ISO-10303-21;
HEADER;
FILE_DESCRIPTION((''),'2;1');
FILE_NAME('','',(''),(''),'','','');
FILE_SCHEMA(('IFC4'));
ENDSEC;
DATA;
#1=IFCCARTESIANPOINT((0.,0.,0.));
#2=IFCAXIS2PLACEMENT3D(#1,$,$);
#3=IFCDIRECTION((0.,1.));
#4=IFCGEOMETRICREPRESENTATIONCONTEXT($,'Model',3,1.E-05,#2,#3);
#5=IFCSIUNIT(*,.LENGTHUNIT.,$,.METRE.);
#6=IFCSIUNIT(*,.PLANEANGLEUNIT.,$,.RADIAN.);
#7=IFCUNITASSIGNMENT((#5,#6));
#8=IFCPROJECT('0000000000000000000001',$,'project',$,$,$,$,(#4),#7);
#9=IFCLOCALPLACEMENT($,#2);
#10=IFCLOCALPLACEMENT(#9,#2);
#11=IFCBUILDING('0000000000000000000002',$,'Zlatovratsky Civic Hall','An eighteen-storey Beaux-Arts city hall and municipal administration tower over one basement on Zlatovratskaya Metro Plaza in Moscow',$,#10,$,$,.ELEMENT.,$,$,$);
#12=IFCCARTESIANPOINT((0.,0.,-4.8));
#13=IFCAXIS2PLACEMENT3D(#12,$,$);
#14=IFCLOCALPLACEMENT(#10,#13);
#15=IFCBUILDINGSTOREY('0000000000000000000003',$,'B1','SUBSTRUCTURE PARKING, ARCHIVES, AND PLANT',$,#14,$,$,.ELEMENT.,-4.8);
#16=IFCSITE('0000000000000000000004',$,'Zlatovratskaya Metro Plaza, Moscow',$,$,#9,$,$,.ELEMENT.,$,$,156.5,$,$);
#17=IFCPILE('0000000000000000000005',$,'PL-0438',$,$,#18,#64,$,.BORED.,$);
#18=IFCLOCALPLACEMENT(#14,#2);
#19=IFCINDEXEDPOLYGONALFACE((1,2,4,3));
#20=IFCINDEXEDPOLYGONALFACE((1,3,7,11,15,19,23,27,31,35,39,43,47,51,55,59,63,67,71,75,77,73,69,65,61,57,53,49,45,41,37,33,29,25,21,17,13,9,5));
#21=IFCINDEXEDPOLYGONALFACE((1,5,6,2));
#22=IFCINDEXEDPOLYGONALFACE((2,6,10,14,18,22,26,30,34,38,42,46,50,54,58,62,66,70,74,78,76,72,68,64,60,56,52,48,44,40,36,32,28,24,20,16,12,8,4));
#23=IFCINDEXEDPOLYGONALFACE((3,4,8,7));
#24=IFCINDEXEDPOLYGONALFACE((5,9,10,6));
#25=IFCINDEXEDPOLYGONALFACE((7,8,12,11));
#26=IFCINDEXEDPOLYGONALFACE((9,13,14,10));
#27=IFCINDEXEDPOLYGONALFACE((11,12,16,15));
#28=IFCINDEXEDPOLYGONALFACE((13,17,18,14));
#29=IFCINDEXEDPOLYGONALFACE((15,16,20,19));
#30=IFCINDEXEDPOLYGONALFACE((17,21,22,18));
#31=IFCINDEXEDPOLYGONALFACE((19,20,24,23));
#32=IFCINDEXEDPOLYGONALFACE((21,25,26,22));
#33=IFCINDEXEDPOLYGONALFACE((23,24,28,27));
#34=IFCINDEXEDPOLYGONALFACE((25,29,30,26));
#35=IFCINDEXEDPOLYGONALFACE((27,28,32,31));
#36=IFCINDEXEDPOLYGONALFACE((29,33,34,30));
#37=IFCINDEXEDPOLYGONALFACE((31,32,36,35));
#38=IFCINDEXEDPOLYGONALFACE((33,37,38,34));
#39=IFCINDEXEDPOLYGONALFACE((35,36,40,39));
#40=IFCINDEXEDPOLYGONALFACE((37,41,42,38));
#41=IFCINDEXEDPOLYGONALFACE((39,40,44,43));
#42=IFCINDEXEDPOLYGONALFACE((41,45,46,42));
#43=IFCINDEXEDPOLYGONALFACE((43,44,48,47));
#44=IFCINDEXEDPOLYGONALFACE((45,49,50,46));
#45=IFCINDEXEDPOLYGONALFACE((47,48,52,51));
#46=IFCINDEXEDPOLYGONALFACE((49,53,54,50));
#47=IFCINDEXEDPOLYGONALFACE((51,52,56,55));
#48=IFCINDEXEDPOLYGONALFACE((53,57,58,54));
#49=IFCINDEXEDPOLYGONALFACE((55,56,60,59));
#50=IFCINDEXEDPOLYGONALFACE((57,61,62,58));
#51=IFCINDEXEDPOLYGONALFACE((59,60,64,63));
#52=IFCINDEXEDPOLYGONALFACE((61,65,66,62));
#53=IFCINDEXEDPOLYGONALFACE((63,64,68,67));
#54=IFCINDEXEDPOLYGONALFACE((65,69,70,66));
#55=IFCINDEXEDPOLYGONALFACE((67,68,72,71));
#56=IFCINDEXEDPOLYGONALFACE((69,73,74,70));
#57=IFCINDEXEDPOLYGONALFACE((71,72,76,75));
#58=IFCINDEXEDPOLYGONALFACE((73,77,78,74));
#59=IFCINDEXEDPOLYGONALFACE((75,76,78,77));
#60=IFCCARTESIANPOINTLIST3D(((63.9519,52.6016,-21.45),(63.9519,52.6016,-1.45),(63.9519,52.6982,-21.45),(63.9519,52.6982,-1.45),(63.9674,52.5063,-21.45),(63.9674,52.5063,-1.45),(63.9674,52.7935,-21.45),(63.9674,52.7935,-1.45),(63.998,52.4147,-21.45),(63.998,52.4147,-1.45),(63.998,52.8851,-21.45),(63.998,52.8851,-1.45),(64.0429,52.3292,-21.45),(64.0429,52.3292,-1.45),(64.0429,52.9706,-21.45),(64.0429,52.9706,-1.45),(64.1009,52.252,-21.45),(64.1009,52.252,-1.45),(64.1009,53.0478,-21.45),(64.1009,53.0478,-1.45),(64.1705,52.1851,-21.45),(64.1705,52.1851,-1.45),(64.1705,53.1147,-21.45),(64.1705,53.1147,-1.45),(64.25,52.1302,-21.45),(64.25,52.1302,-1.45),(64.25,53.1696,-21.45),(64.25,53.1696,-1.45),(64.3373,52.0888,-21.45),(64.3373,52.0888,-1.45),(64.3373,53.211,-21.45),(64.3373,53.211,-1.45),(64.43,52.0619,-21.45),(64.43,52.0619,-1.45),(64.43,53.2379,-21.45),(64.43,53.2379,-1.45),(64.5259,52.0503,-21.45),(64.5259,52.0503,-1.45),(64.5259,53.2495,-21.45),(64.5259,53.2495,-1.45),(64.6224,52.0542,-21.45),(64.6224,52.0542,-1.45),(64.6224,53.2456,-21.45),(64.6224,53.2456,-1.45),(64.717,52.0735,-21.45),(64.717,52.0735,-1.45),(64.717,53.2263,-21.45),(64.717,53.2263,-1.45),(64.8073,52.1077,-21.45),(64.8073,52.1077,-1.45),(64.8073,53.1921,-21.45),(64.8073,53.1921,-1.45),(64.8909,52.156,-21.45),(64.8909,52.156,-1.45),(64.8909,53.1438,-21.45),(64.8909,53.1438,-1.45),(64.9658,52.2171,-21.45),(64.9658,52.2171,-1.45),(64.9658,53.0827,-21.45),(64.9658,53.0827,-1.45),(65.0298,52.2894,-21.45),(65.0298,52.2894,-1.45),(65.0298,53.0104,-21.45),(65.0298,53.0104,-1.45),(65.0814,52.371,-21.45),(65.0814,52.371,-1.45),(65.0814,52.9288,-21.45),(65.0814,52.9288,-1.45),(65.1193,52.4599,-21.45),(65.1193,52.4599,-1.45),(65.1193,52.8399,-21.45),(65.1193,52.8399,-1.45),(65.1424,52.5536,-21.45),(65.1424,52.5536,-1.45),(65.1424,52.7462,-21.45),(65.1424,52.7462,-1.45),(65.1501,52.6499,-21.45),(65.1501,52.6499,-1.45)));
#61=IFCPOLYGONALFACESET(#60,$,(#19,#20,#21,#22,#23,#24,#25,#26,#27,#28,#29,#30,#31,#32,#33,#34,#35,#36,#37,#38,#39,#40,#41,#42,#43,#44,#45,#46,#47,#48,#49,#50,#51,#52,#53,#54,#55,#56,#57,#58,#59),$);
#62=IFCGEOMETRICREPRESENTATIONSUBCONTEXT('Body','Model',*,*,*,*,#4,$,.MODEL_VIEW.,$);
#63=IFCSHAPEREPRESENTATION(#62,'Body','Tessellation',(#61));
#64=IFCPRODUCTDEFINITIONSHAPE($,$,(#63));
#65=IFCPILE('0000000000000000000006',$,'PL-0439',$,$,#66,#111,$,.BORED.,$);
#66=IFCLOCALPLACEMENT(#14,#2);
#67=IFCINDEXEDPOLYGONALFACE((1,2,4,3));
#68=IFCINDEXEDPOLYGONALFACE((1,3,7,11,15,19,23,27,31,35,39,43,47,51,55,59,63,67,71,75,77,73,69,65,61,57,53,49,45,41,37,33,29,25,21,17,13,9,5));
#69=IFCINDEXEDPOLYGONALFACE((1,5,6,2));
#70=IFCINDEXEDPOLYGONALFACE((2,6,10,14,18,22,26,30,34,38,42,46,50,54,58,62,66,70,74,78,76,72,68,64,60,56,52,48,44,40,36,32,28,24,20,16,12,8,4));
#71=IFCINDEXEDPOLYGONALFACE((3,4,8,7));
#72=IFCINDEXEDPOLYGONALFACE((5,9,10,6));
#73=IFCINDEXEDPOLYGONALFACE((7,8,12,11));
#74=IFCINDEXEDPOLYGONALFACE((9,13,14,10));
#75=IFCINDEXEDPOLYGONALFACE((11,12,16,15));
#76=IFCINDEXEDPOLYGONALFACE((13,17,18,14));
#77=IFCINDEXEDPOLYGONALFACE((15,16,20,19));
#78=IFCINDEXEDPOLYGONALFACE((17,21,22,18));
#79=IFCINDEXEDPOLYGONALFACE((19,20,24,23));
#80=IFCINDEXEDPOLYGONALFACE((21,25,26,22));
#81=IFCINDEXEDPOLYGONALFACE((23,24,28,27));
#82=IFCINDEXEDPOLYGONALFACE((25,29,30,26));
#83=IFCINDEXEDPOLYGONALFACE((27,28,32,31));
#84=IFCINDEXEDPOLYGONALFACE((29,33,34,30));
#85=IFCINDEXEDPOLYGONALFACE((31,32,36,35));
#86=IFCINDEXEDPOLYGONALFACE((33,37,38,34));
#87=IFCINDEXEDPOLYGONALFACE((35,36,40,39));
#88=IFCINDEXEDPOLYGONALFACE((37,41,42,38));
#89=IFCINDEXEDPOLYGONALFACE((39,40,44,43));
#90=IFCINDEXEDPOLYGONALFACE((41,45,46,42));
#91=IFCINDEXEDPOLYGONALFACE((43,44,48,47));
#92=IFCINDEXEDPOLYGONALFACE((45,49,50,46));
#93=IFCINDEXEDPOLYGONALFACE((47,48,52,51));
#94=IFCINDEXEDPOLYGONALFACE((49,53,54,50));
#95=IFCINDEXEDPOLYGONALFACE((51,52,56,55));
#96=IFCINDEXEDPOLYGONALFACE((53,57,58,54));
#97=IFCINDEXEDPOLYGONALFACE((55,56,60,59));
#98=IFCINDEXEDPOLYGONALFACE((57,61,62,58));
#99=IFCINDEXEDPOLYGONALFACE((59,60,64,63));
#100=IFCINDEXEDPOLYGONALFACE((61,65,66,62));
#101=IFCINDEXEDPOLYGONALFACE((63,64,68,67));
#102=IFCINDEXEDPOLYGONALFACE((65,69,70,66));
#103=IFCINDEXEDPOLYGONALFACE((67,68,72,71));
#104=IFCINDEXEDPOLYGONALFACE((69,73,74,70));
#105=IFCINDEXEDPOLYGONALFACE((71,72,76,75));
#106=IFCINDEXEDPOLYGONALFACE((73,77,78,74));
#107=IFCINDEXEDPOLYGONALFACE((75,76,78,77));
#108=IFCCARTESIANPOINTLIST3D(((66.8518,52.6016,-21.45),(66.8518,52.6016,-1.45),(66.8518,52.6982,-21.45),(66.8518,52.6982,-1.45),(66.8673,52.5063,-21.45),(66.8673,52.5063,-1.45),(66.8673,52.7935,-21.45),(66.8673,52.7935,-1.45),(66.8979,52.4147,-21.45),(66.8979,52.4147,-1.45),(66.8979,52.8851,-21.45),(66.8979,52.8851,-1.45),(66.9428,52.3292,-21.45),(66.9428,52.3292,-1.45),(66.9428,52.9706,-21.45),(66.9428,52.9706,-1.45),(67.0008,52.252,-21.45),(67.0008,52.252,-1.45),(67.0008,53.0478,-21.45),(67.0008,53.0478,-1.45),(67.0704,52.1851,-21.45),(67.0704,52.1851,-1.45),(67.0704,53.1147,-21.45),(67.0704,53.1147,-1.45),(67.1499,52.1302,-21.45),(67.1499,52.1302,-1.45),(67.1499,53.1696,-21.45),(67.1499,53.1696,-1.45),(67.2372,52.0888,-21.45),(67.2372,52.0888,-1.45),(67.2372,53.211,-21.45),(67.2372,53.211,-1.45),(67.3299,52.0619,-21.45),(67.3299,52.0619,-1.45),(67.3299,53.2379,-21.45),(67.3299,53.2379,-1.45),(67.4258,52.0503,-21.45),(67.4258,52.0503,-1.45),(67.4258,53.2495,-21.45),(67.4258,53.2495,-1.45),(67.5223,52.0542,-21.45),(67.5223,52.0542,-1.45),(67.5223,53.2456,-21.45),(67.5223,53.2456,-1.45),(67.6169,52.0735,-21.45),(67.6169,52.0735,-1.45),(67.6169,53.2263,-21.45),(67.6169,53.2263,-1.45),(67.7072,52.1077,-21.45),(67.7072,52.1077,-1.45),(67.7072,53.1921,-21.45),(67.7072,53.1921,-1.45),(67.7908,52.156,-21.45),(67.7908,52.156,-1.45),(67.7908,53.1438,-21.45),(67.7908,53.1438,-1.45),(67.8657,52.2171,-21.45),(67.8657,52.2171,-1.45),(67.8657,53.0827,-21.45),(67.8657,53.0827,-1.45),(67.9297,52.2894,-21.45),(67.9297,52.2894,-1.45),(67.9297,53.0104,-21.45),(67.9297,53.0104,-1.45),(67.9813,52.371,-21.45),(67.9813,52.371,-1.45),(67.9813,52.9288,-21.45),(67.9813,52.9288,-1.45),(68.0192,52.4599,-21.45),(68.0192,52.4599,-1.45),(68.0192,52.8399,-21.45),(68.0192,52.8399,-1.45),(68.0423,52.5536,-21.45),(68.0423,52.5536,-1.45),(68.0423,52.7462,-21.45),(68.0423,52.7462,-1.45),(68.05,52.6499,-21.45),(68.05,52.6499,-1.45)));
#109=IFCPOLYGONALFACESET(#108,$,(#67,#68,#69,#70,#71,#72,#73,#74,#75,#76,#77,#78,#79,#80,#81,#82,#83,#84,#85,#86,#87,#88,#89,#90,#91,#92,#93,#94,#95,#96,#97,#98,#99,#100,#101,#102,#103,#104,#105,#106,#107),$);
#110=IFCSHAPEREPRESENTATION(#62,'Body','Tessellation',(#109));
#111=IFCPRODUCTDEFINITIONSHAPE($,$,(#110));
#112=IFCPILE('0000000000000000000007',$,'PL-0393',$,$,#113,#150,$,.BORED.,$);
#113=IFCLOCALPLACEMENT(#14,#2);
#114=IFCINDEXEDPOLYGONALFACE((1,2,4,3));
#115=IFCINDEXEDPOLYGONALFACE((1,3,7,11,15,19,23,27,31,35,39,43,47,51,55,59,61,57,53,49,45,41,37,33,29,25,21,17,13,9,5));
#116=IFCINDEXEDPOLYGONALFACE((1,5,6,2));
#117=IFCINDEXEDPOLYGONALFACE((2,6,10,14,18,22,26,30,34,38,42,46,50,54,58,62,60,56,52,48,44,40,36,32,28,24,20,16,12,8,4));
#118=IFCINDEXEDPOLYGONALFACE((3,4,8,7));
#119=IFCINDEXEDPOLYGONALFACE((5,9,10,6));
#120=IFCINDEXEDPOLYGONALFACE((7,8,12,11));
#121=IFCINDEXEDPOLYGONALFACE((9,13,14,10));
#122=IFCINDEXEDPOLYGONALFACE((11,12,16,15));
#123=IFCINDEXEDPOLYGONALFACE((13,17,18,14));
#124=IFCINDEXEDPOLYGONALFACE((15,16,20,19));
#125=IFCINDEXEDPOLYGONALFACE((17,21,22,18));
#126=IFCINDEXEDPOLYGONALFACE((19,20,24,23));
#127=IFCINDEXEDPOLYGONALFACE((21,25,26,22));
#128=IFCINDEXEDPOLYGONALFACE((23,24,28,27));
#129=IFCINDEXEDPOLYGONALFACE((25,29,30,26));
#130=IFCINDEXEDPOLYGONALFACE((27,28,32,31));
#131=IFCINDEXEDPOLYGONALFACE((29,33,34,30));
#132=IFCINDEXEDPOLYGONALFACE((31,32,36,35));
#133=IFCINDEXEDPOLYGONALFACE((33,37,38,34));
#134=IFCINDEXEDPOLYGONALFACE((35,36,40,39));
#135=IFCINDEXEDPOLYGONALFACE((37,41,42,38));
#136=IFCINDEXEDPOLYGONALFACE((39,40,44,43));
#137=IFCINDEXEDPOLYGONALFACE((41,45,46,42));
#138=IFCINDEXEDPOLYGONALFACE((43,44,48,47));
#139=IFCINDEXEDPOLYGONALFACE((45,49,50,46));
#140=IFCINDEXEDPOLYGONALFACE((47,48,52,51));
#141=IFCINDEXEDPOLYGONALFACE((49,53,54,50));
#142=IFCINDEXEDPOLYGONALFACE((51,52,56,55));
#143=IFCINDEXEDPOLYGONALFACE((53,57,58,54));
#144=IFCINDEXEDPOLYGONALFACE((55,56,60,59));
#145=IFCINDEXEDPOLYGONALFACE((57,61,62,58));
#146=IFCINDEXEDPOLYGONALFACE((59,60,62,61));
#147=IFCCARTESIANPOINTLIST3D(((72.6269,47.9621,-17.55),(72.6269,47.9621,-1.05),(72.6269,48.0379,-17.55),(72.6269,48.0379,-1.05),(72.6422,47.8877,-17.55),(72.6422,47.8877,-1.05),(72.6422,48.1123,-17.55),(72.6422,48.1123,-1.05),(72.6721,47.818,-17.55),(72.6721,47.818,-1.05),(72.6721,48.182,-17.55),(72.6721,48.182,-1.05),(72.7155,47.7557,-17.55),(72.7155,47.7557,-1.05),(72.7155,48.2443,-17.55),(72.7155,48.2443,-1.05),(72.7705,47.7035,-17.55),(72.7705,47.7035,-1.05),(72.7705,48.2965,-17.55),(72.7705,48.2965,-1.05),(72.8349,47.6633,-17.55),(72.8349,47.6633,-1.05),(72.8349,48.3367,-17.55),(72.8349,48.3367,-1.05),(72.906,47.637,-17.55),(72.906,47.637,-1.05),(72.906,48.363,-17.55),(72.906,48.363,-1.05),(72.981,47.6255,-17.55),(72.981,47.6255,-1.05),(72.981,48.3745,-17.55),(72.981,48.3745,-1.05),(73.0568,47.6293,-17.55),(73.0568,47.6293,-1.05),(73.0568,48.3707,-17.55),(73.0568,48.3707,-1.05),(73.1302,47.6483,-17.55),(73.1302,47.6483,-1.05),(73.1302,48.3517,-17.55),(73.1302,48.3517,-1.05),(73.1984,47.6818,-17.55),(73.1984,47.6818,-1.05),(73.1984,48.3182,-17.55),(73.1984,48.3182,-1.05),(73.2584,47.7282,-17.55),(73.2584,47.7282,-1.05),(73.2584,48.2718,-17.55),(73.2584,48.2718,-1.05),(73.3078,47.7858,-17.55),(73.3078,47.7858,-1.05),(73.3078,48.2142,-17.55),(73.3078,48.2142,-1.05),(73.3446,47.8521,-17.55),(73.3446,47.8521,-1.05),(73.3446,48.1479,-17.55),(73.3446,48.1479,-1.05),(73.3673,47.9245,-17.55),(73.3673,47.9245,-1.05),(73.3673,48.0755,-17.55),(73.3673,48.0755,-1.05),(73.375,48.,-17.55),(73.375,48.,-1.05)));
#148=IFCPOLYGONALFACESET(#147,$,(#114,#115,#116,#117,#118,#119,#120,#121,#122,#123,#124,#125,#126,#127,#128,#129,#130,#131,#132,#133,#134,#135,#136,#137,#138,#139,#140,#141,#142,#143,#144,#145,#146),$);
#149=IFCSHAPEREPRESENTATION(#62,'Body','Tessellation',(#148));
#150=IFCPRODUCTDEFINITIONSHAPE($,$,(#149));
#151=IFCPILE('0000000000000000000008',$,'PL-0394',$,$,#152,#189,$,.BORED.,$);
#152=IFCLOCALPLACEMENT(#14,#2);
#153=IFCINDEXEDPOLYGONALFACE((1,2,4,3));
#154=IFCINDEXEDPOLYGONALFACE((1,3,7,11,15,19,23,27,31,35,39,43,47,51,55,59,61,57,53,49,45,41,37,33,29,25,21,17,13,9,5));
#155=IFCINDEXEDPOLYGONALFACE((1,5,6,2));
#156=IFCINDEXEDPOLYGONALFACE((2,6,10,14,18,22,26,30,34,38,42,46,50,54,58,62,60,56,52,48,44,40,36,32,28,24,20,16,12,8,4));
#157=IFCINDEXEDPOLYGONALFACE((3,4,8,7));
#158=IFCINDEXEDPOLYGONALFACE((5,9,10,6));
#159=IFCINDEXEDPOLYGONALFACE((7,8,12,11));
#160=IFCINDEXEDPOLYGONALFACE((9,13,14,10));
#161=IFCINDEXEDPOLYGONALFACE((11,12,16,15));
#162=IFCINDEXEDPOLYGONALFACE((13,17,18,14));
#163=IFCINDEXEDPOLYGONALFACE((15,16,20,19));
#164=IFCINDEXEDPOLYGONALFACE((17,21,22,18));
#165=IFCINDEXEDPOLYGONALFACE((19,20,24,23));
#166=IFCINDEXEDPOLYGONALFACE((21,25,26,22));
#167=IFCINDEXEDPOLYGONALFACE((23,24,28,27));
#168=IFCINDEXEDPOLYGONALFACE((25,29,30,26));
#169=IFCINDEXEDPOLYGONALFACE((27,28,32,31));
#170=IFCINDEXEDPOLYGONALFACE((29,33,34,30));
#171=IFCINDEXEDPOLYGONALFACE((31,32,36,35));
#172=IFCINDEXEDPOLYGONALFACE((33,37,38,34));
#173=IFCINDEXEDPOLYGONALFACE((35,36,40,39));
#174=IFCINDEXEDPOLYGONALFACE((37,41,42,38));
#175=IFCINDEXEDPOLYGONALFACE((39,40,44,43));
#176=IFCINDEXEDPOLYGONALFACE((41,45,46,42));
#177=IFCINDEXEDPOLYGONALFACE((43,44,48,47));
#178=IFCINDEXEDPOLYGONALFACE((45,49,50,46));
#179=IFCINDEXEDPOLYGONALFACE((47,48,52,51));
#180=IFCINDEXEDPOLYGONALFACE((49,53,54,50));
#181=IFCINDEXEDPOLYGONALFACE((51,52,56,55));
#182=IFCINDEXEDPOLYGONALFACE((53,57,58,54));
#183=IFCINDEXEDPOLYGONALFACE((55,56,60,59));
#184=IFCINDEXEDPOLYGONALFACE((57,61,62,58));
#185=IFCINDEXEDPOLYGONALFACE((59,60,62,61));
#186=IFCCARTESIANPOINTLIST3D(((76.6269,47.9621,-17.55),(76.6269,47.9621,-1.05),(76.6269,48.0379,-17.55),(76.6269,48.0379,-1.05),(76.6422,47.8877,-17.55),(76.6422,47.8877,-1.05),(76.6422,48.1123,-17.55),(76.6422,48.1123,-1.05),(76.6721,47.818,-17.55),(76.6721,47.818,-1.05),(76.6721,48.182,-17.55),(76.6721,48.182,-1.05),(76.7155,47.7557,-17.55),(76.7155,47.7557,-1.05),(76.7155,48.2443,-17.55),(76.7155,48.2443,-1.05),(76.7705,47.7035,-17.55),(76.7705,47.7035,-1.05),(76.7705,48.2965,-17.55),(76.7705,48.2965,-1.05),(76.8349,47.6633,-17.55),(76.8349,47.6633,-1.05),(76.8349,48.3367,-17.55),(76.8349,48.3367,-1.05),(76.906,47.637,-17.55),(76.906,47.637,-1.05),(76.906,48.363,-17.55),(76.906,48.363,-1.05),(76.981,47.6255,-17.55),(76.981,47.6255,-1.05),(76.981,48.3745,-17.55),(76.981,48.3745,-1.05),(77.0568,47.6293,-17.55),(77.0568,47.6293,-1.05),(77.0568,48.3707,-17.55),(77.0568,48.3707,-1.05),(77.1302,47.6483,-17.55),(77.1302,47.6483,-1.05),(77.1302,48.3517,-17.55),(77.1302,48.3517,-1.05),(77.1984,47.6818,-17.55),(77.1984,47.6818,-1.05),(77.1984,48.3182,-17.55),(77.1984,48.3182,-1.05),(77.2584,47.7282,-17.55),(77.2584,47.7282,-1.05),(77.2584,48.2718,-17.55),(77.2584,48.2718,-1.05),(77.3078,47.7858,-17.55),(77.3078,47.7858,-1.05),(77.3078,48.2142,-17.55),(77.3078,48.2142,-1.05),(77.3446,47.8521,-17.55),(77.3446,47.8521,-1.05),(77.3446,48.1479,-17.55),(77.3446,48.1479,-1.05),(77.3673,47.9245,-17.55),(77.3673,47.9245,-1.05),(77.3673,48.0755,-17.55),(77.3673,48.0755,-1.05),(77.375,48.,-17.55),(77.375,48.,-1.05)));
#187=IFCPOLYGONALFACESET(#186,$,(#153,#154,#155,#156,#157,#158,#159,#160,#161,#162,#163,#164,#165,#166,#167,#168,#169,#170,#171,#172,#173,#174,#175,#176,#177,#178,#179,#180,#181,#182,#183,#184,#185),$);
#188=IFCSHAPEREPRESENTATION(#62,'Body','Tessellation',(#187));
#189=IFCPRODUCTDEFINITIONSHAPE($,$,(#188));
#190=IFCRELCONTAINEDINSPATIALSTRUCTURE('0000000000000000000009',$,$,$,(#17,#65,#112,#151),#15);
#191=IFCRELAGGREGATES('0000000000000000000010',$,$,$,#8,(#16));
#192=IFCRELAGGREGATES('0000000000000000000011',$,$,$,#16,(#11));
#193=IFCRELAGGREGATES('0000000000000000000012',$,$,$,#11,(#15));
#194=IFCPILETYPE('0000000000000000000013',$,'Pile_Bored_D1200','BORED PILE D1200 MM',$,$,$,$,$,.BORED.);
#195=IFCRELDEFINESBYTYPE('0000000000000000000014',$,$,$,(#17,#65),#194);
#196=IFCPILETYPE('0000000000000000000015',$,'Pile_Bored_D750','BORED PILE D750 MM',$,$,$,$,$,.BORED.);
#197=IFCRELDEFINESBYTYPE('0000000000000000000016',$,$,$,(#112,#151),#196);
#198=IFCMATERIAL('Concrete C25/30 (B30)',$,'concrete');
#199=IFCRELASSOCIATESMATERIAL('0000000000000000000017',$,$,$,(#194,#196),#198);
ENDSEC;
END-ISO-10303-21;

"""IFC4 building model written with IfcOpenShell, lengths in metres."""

from ifc_helpers import new_model, si_unit, direction, frame, origin, origin_2d, place, context, subcontext, project, spatial, circle, extrude, material, material_profile, profile_set, type_object, element, save


model = new_model("IFC4")

# Units and contexts
model_context = context("Model", 3, precision=1e-05, world=origin(), true_north=direction((0.0, 1.0)))
body_context = subcontext(model_context, "Body", "Model", "MODEL_VIEW")
ifc_project = project(units=[si_unit("LENGTHUNIT", "METRE"), si_unit("PLANEANGLEUNIT", "RADIAN")], contexts=[model_context])

# Site, building, storey
site_placement = place(None, origin())
site = spatial("IfcSite", under=ifc_project, at=site_placement, Name="Zlatovratskaya Metro Plaza, Moscow", CompositionType="ELEMENT", RefElevation=156.5)
building_placement = place(site_placement, origin())
building = spatial("IfcBuilding", under=site, at=building_placement, Name="Zlatovratsky Civic Hall", Description="An eighteen-storey Beaux-Arts city hall and municipal administration tower over one basement on Zlatovratskaya Metro Plaza in Moscow", CompositionType="ELEMENT")
storey_placement = place(building_placement, frame((0.0, 0.0, -4.8)))
storey = spatial("IfcBuildingStorey", under=building, at=storey_placement, Name="B1", Description="SUBSTRUCTURE PARKING, ARCHIVES, AND PLANT", CompositionType="ELEMENT", Elevation=-4.8)

# Shared definitions
ifc_material_1 = material(Name="Concrete C25/30 (B30)", Category="concrete")

# Piles
ifc_material_profile_1 = material_profile(ifc_material_1, circle(Radius=0.6001, at=origin_2d()), Name="PILE D1200")
ifc_profile_set_1 = profile_set([ifc_material_profile_1], Name="Concrete C25/30 (B30)")
pile_type_1 = type_object("IfcPileType", Name="Pile_Bored_D1200", Description="BORED PILE D1200 MM", PredefinedType="BORED", material=ifc_profile_set_1)
for number, where, z_axis, x_axis, name in (
    (1, (64.55, 52.6499, -1.45), (0.0, 0.0, -1.0), (1.0, 0.0, 0.0), "PL-0438"),
    (2, (67.45, 52.6499, -1.45), (0.0, 0.0, -1.0), (1.0, 0.0, 0.0), "PL-0439"),
):
    element("IfcPile", number, at=place(storey_placement, frame(where, z_axis=z_axis, x_axis=x_axis)), inside=storey, type_object=pile_type_1, Name=name, PredefinedType="BORED", context=body_context, shape_type="SweptSolid", body=[
        extrude(circle(Radius=0.6001, at=origin_2d()), origin(), (0.0, 0.0, 1.0), 20.0),
    ])
ifc_material_profile_2 = material_profile(ifc_material_1, circle(Radius=0.375, at=origin_2d()), Name="PILE D750")
ifc_profile_set_2 = profile_set([ifc_material_profile_2], Name="Concrete C25/30 (B30)")
pile_type_2 = type_object("IfcPileType", Name="Pile_Bored_D750", Description="BORED PILE D750 MM", PredefinedType="BORED", material=ifc_profile_set_2)
for number, where, z_axis, x_axis, name in (
    (3, (73.0, 48.0, -1.05), (0.0, 0.0, -1.0), (1.0, 0.0, 0.0), "PL-0393"),
    (4, (77.0, 48.0, -1.05), (0.0, 0.0, -1.0), (1.0, 0.0, 0.0), "PL-0394"),
):
    element("IfcPile", number, at=place(storey_placement, frame(where, z_axis=z_axis, x_axis=x_axis)), inside=storey, type_object=pile_type_2, Name=name, PredefinedType="BORED", context=body_context, shape_type="SweptSolid", body=[
        extrude(circle(Radius=0.375, at=origin_2d()), origin(), (0.0, 0.0, 1.0), 16.5),
    ])

save(model, "model.ifc")
